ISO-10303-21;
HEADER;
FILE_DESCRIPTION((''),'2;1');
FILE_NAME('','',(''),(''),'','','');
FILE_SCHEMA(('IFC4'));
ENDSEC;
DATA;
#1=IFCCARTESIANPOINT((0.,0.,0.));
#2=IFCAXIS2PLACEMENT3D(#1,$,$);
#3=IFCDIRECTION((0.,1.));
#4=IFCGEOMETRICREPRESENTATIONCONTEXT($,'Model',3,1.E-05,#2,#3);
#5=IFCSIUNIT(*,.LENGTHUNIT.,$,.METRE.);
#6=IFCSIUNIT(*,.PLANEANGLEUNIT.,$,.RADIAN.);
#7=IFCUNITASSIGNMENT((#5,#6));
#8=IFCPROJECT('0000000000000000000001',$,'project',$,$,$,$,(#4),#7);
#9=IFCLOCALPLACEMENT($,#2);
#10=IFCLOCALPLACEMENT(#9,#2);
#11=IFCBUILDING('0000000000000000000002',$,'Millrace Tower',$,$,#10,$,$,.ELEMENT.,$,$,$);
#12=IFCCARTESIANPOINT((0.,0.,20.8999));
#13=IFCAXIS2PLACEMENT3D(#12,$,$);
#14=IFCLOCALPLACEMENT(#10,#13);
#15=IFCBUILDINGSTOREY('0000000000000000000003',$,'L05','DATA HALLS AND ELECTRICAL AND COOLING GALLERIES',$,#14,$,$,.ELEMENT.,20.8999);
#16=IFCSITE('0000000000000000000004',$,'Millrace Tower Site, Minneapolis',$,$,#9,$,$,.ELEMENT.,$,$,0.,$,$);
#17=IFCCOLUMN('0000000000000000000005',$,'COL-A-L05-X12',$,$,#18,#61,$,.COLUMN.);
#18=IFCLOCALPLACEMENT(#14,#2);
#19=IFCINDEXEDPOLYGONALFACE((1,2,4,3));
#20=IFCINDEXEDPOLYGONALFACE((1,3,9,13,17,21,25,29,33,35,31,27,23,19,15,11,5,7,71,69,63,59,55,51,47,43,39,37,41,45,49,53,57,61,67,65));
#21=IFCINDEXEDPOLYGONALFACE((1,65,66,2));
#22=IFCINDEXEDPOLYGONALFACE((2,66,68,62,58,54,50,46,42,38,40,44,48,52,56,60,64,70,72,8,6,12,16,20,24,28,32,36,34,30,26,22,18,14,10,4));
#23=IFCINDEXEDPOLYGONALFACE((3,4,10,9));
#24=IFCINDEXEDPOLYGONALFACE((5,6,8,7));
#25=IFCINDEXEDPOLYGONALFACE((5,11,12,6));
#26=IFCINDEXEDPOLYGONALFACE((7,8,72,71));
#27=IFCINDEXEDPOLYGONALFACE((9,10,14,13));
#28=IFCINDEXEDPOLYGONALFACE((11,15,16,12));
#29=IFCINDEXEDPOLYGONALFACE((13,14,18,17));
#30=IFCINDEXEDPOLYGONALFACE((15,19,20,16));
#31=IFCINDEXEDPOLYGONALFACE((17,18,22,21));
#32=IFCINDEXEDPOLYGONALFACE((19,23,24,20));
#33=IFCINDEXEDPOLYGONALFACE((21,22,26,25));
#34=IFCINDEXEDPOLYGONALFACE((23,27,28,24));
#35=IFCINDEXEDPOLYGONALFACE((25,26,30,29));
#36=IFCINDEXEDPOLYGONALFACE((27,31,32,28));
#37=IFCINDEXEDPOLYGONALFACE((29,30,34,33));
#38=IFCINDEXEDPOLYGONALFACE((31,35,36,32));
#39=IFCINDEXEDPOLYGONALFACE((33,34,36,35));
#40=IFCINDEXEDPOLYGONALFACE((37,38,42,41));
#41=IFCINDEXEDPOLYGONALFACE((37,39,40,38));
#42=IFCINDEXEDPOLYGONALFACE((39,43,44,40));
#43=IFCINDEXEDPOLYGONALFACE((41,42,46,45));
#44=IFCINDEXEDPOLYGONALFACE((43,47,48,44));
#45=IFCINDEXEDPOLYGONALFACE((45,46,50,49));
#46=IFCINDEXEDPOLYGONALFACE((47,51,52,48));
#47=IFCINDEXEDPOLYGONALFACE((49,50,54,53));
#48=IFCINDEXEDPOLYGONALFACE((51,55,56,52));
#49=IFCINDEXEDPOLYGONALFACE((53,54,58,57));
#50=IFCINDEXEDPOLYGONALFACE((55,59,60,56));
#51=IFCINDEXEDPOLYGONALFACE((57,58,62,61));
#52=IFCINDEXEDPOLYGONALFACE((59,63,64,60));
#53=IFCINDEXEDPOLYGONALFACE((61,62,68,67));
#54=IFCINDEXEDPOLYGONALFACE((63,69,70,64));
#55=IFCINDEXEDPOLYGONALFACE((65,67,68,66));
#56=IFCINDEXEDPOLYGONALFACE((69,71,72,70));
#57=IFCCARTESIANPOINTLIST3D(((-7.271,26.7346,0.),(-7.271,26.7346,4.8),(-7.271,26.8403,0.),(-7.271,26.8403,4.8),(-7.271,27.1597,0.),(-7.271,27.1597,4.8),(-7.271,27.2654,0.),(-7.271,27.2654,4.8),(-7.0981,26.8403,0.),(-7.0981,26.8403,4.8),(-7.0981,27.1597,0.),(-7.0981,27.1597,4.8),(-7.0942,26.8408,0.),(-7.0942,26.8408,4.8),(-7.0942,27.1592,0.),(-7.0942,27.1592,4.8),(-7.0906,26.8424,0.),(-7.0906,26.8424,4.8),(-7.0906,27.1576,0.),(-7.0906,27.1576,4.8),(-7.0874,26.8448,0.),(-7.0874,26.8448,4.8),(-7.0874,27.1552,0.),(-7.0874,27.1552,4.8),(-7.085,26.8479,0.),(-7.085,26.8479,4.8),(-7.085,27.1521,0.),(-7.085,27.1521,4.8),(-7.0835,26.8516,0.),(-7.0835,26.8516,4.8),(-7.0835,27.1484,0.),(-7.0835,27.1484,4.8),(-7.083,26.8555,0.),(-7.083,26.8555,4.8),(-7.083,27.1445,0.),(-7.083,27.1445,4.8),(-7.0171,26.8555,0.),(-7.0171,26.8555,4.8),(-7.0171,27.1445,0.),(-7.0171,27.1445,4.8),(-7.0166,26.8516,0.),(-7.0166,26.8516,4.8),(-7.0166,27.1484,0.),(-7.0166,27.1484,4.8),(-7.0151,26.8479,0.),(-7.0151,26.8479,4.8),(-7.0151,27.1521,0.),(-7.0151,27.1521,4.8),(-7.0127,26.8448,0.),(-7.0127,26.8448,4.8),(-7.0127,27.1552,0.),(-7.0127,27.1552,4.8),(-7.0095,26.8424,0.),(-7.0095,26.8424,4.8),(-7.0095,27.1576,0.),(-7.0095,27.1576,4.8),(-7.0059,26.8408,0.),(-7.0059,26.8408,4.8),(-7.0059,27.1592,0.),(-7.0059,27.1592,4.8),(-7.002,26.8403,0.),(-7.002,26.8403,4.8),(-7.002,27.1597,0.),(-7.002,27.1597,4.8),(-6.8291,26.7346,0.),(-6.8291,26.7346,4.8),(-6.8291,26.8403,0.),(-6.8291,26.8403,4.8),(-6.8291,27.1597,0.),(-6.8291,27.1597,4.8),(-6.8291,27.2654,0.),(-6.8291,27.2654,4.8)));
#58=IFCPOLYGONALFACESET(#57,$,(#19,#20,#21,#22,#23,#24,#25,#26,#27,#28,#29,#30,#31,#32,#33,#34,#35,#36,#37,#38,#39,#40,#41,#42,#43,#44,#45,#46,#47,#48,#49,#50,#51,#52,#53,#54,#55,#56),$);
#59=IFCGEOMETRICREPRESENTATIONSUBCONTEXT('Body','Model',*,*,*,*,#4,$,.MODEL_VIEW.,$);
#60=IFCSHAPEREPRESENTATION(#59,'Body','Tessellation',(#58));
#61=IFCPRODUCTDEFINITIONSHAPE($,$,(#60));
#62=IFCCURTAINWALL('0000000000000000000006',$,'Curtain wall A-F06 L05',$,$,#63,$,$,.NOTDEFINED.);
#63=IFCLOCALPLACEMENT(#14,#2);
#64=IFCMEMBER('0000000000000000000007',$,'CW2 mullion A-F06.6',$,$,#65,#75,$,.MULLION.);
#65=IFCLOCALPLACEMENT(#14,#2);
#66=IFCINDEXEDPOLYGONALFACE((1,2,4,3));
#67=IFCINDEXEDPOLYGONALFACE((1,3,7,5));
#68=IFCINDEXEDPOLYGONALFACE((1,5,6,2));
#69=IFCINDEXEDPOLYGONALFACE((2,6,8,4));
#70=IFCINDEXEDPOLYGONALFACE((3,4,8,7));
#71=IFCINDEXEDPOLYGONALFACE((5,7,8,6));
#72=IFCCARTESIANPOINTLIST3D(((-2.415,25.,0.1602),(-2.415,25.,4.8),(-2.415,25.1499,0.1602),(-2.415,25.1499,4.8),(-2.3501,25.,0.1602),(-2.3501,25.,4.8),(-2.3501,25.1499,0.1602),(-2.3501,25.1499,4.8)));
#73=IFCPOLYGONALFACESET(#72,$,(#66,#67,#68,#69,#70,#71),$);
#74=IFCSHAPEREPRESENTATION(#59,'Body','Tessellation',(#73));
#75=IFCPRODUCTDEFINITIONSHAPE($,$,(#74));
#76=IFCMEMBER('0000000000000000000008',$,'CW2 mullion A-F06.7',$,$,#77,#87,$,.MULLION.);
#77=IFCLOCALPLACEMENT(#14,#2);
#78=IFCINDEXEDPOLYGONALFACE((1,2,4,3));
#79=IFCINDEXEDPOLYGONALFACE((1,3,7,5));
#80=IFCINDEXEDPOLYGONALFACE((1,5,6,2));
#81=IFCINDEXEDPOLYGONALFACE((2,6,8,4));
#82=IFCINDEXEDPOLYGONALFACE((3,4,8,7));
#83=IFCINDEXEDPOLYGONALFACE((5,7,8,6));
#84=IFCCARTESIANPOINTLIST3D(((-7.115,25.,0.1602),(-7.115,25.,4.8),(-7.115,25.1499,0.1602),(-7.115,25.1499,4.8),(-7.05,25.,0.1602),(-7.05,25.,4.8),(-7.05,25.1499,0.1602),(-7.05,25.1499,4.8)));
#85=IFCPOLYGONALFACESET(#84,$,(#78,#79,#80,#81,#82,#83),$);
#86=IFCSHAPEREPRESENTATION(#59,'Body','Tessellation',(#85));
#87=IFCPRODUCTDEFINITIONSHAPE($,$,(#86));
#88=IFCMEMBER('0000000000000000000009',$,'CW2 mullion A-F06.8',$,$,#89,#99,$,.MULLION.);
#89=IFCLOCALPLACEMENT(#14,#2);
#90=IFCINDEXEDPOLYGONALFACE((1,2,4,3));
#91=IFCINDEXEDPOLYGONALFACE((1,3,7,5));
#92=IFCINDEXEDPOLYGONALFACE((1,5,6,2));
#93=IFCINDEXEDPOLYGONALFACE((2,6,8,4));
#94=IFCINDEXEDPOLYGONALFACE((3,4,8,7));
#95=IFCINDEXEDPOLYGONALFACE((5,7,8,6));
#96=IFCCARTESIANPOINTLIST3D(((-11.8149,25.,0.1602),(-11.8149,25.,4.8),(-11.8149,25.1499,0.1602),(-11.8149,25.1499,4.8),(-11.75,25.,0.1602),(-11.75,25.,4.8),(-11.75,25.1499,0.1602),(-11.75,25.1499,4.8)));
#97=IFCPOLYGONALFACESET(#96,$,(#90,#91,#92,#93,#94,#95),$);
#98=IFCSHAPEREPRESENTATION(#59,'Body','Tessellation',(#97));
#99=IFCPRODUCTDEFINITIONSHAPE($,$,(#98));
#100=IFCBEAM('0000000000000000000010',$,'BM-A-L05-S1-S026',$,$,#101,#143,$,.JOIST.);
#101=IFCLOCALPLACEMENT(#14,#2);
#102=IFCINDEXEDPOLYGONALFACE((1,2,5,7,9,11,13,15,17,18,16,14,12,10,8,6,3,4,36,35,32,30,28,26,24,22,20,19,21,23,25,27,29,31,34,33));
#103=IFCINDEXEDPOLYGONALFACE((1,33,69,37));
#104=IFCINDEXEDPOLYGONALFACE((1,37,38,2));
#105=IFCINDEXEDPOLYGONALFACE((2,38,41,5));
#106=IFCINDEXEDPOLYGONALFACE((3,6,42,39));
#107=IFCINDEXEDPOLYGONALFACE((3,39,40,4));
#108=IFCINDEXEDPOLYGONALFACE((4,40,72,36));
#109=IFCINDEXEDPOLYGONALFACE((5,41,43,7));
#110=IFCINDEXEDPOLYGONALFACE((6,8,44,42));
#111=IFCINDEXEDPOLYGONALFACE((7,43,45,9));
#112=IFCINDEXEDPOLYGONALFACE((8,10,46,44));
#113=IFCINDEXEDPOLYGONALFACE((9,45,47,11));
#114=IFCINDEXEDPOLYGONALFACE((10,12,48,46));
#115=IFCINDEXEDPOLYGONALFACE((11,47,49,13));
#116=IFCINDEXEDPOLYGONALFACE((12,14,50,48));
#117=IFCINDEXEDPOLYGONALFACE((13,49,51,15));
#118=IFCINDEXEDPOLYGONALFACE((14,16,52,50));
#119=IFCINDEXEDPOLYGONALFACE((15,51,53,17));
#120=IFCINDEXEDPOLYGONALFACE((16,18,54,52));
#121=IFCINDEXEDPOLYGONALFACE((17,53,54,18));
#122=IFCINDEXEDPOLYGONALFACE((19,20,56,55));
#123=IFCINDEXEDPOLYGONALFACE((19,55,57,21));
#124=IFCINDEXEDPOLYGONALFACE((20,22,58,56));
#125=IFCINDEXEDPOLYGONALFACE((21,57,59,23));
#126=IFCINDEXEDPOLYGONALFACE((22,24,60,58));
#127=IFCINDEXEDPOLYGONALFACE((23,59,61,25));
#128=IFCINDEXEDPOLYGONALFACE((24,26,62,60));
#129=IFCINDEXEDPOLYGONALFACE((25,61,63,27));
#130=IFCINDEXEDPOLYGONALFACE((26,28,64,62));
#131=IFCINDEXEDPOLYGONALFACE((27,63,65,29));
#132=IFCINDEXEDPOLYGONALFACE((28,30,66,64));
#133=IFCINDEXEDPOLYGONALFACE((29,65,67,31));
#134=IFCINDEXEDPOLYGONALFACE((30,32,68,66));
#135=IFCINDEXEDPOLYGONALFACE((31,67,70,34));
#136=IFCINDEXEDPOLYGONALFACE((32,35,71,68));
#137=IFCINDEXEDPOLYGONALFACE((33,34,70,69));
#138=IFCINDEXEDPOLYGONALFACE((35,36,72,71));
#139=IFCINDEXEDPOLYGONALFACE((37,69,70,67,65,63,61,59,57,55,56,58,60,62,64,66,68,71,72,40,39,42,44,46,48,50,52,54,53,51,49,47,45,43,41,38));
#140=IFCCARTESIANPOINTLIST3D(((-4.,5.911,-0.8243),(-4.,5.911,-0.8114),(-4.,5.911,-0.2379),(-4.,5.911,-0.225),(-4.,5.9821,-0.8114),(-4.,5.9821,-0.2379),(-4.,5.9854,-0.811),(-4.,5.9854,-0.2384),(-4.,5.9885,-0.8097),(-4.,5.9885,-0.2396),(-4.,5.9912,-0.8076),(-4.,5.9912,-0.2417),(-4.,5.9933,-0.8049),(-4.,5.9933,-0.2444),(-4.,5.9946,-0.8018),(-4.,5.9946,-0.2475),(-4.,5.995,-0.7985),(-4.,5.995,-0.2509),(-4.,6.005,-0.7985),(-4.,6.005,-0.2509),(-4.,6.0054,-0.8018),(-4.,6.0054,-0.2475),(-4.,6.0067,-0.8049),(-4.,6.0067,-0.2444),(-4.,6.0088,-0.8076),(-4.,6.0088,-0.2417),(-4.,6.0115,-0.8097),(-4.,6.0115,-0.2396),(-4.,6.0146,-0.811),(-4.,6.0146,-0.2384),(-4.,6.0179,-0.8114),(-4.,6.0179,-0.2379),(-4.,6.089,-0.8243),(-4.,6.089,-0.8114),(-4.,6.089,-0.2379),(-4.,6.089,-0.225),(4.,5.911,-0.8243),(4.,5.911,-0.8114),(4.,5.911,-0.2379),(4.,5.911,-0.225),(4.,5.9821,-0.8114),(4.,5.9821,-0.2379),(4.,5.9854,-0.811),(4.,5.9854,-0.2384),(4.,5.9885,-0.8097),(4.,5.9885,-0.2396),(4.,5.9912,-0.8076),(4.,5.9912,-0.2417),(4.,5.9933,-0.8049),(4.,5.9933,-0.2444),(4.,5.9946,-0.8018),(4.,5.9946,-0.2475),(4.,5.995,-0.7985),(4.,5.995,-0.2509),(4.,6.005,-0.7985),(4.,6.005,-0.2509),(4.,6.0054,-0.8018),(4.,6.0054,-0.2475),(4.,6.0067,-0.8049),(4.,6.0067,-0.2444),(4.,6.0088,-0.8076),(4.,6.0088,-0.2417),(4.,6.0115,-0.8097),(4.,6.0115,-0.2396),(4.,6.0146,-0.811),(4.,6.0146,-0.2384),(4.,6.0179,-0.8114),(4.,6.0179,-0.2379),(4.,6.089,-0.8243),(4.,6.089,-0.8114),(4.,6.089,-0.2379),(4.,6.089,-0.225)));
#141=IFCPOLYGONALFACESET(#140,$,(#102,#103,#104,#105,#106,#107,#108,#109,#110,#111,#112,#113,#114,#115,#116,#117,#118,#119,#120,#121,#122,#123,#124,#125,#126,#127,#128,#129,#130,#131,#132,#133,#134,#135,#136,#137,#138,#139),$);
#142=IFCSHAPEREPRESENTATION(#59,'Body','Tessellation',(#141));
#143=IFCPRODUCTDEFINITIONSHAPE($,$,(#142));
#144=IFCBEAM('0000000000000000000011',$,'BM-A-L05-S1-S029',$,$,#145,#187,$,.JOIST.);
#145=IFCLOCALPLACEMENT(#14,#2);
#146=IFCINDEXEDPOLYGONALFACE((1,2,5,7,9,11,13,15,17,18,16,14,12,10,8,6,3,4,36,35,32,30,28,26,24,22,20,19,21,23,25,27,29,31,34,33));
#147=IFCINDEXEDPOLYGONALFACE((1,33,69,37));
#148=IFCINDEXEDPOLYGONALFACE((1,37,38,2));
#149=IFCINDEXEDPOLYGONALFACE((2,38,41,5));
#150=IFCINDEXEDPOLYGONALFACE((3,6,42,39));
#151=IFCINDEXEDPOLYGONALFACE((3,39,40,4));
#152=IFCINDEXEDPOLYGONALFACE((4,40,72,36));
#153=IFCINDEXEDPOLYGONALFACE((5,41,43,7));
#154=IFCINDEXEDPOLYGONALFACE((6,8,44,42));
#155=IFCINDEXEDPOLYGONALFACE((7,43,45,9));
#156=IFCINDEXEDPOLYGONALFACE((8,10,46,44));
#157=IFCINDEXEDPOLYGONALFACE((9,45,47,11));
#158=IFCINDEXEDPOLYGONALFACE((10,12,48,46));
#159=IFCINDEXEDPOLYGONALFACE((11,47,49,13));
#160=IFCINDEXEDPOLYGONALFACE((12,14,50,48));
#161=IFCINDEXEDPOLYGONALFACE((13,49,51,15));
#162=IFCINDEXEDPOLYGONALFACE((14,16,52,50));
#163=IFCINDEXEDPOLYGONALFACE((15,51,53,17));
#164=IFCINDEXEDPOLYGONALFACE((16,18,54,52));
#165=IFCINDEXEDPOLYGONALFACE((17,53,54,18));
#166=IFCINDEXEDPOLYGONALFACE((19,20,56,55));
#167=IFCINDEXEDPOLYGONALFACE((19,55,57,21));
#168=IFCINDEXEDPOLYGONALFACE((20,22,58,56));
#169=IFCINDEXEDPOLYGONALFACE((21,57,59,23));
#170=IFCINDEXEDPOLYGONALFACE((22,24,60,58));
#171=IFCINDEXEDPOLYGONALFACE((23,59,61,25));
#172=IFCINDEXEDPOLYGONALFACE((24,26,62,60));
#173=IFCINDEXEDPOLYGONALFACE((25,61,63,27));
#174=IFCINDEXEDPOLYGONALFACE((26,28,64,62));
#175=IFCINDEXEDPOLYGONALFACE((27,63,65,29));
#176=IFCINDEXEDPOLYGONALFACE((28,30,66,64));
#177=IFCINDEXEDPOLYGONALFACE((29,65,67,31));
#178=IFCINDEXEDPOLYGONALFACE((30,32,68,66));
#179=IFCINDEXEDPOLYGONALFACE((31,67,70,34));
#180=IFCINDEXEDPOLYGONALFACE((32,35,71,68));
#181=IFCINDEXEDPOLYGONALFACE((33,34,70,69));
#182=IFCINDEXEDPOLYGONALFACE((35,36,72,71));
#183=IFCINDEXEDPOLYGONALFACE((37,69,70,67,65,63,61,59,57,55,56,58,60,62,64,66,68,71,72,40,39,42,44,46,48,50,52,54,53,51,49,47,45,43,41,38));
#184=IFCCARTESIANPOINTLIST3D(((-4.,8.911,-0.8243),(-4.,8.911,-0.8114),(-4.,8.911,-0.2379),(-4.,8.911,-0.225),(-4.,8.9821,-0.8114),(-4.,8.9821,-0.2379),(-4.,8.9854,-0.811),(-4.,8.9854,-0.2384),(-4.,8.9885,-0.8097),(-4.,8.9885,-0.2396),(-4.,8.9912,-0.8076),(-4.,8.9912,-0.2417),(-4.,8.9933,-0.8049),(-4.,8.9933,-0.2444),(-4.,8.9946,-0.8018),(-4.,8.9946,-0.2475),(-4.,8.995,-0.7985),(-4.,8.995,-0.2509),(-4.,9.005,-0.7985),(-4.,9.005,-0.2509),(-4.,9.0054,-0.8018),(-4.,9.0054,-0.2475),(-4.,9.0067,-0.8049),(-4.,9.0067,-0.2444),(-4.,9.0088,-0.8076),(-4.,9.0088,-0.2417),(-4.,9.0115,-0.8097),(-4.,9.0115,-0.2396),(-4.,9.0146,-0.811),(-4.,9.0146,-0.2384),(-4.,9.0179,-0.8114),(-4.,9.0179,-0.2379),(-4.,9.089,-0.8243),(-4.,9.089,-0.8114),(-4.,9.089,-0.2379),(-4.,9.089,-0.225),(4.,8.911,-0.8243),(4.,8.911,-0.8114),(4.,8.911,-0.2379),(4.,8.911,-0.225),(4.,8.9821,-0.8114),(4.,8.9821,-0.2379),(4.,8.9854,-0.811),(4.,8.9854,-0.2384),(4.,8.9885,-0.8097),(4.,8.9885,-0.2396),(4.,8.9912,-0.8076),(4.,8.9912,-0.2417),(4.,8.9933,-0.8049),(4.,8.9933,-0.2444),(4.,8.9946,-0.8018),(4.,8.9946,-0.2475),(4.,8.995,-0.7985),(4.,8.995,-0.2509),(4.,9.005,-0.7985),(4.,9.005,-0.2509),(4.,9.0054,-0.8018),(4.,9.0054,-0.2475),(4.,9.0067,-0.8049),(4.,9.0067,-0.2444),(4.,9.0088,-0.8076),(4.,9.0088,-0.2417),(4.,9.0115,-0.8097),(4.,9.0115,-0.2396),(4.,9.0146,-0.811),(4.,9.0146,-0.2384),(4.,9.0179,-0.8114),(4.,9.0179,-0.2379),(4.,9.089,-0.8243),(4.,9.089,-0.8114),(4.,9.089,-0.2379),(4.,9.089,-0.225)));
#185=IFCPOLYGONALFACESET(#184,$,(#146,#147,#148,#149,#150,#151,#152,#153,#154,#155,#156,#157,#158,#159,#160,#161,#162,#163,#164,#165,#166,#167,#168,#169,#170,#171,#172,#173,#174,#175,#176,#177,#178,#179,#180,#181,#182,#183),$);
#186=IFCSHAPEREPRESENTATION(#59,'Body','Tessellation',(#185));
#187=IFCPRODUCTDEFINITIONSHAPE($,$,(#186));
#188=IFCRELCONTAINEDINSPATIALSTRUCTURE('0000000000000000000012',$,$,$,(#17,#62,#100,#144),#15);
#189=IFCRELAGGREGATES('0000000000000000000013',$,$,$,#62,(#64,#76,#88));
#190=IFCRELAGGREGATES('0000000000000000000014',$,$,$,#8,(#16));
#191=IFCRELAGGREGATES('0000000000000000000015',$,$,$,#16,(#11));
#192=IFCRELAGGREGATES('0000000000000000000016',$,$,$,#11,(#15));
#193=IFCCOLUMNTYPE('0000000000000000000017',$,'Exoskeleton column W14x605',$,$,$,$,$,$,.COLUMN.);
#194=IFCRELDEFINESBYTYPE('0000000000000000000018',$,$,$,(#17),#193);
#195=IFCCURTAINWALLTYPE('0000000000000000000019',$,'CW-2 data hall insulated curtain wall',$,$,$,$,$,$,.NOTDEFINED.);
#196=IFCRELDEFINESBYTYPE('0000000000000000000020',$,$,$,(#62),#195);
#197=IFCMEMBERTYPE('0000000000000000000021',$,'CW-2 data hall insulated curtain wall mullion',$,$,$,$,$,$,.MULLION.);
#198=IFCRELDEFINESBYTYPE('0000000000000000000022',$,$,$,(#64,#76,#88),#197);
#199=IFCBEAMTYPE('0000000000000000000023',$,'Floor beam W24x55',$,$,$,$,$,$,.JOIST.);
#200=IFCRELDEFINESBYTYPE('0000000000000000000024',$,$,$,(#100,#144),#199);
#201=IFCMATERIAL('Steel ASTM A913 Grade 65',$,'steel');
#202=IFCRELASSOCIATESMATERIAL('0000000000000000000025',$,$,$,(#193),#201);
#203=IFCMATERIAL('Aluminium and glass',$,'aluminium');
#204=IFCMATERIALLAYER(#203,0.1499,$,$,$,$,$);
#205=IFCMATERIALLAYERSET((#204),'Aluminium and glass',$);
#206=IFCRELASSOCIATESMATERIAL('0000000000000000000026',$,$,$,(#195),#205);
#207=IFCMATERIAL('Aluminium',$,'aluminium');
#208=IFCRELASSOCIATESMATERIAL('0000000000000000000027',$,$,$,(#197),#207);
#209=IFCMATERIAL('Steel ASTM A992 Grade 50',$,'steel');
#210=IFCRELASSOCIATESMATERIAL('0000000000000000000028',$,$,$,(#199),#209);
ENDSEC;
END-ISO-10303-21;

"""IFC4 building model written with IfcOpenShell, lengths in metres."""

from ifc_helpers import new_model, si_unit, direction, frame, origin, origin_2d, place, context, subcontext, project, spatial, rectangle, i_section, extrude, material, layer, layer_set, material_profile, profile_set, type_object, element, aggregate, save


model = new_model("IFC4")

# Units and contexts
model_context = context("Model", 3, precision=1e-05, world=origin(), true_north=direction((0.0, 1.0)))
body_context = subcontext(model_context, "Body", "Model", "MODEL_VIEW")
ifc_project = project(units=[si_unit("LENGTHUNIT", "METRE"), si_unit("PLANEANGLEUNIT", "RADIAN")], contexts=[model_context])

# Site, building, storey
site_placement = place(None, origin())
site = spatial("IfcSite", under=ifc_project, at=site_placement, Name="Millrace Tower Site, Minneapolis", CompositionType="ELEMENT", RefElevation=0.0)
building_placement = place(site_placement, origin())
building = spatial("IfcBuilding", under=site, at=building_placement, Name="Millrace Tower", CompositionType="ELEMENT")
storey_placement = place(building_placement, frame((0.0, 0.0, 20.8999)))
storey = spatial("IfcBuildingStorey", under=building, at=storey_placement, Name="L05", Description="DATA HALLS AND ELECTRICAL AND COOLING GALLERIES", CompositionType="ELEMENT", Elevation=20.8999)

# Column
ifc_material_1 = material(Name="Steel ASTM A913 Grade 65", Category="steel")
ifc_material_profile_1 = material_profile(ifc_material_1, i_section(OverallWidth=0.4419, OverallDepth=0.5308, WebThickness=0.0659, FlangeThickness=0.1057, FilletRadius=0.0151, at=origin_2d()))
ifc_profile_set_1 = profile_set([ifc_material_profile_1], Name="Steel ASTM A913 Grade 65")
column_type = type_object("IfcColumnType", Name="Exoskeleton column W14x605", PredefinedType="COLUMN", material=ifc_profile_set_1)
column_placement = place(storey_placement, frame((-7.05, 27.0, 0.0), z_axis=(0.0, 0.0, 1.0), x_axis=(-1.0, 0.0, 0.0)))
element("IfcColumn", 1, at=column_placement, inside=storey, type_object=column_type, Name="COL-A-L05-X12", PredefinedType="COLUMN", context=body_context, shape_type="SweptSolid", body=[
    extrude(i_section(OverallWidth=0.4419, OverallDepth=0.5308, WebThickness=0.0659, FlangeThickness=0.1057, FilletRadius=0.0151, at=origin_2d()), origin(), (0.0, 0.0, 1.0), 4.8),
])

# Curtain wall, members
ifc_material_2 = material(Name="Aluminium and glass", Category="aluminium")
ifc_layer_1 = layer(ifc_material_2, 0.1499)
ifc_layer_set_1 = layer_set([ifc_layer_1], Name="Aluminium and glass")
curtain_wall_type = type_object("IfcCurtainWallType", Name="CW-2 data hall insulated curtain wall", PredefinedType="NOTDEFINED", material=ifc_layer_set_1)
placement = place(storey_placement, origin())
curtain_wall = element("IfcCurtainWall", 2, at=placement, inside=storey, type_object=curtain_wall_type, Name="Curtain wall A-F06 L05", PredefinedType="NOTDEFINED")
ifc_material_3 = material(Name="Aluminium", Category="aluminium")
ifc_material_profile_2 = material_profile(ifc_material_3, rectangle(XDim=0.0649, YDim=0.1499, at=origin_2d()))
ifc_profile_set_2 = profile_set([ifc_material_profile_2], Name="Aluminium")
member_type = type_object("IfcMemberType", Name="CW-2 data hall insulated curtain wall mullion", PredefinedType="MULLION", material=ifc_profile_set_2)
member_1_placement = place(storey_placement, frame((-2.3826, 25.075, 0.1602), z_axis=(0.0, 0.0, 1.0), x_axis=(-1.0, 0.0, 0.0)))
member_1 = element("IfcMember", 3, at=member_1_placement, type_object=member_type, Name="CW2 mullion A-F06.6", PredefinedType="MULLION", context=body_context, shape_type="SweptSolid", body=[
    extrude(rectangle(XDim=0.0649, YDim=0.1499, at=origin_2d()), origin(), (0.0, 0.0, 1.0), 4.6399),
])
member_2_placement = place(storey_placement, frame((-7.0825, 25.075, 0.1602), z_axis=(0.0, 0.0, 1.0), x_axis=(-1.0, 0.0, 0.0)))
member_2 = element("IfcMember", 4, at=member_2_placement, type_object=member_type, Name="CW2 mullion A-F06.7", PredefinedType="MULLION", context=body_context, shape_type="SweptSolid", body=[
    extrude(rectangle(XDim=0.0649, YDim=0.1499, at=origin_2d()), origin(), (0.0, 0.0, 1.0), 4.6399),
])
member_3_placement = place(storey_placement, frame((-11.7825, 25.075, 0.1602), z_axis=(0.0, 0.0, 1.0), x_axis=(-1.0, 0.0, 0.0)))
member_3 = element("IfcMember", 5, at=member_3_placement, type_object=member_type, Name="CW2 mullion A-F06.8", PredefinedType="MULLION", context=body_context, shape_type="SweptSolid", body=[
    extrude(rectangle(XDim=0.0649, YDim=0.1499, at=origin_2d()), origin(), (0.0, 0.0, 1.0), 4.6399),
])
aggregate(curtain_wall, [member_1, member_2, member_3])

# Beams
ifc_material_4 = material(Name="Steel ASTM A992 Grade 50", Category="steel")
ifc_material_profile_3 = material_profile(ifc_material_4, i_section(OverallWidth=0.178, OverallDepth=0.5994, WebThickness=0.01, FlangeThickness=0.0129, FilletRadius=0.0129, at=origin_2d()))
ifc_profile_set_3 = profile_set([ifc_material_profile_3], Name="Steel ASTM A992 Grade 50")
beam_type_1 = type_object("IfcBeamType", Name="Floor beam W24x55", PredefinedType="JOIST", material=ifc_profile_set_3)
for number, where, z_axis, x_axis, name in (
    (6, (-4.0, 6.0, -0.5247), (1.0, 0.0, 0.0), (0.0, 1.0, 0.0), "BM-A-L05-S1-S026"),
    (7, (-4.0, 9.0, -0.5247), (1.0, 0.0, 0.0), (0.0, 1.0, 0.0), "BM-A-L05-S1-S029"),
):
    element("IfcBeam", number, at=place(storey_placement, frame(where, z_axis=z_axis, x_axis=x_axis)), inside=storey, type_object=beam_type_1, Name=name, PredefinedType="JOIST", context=body_context, shape_type="SweptSolid", body=[
        extrude(i_section(OverallWidth=0.178, OverallDepth=0.5994, WebThickness=0.01, FlangeThickness=0.0129, FilletRadius=0.0129, at=origin_2d()), origin(), (0.0, 0.0, 1.0), 8.0),
    ])

save(model, "model.ifc")
